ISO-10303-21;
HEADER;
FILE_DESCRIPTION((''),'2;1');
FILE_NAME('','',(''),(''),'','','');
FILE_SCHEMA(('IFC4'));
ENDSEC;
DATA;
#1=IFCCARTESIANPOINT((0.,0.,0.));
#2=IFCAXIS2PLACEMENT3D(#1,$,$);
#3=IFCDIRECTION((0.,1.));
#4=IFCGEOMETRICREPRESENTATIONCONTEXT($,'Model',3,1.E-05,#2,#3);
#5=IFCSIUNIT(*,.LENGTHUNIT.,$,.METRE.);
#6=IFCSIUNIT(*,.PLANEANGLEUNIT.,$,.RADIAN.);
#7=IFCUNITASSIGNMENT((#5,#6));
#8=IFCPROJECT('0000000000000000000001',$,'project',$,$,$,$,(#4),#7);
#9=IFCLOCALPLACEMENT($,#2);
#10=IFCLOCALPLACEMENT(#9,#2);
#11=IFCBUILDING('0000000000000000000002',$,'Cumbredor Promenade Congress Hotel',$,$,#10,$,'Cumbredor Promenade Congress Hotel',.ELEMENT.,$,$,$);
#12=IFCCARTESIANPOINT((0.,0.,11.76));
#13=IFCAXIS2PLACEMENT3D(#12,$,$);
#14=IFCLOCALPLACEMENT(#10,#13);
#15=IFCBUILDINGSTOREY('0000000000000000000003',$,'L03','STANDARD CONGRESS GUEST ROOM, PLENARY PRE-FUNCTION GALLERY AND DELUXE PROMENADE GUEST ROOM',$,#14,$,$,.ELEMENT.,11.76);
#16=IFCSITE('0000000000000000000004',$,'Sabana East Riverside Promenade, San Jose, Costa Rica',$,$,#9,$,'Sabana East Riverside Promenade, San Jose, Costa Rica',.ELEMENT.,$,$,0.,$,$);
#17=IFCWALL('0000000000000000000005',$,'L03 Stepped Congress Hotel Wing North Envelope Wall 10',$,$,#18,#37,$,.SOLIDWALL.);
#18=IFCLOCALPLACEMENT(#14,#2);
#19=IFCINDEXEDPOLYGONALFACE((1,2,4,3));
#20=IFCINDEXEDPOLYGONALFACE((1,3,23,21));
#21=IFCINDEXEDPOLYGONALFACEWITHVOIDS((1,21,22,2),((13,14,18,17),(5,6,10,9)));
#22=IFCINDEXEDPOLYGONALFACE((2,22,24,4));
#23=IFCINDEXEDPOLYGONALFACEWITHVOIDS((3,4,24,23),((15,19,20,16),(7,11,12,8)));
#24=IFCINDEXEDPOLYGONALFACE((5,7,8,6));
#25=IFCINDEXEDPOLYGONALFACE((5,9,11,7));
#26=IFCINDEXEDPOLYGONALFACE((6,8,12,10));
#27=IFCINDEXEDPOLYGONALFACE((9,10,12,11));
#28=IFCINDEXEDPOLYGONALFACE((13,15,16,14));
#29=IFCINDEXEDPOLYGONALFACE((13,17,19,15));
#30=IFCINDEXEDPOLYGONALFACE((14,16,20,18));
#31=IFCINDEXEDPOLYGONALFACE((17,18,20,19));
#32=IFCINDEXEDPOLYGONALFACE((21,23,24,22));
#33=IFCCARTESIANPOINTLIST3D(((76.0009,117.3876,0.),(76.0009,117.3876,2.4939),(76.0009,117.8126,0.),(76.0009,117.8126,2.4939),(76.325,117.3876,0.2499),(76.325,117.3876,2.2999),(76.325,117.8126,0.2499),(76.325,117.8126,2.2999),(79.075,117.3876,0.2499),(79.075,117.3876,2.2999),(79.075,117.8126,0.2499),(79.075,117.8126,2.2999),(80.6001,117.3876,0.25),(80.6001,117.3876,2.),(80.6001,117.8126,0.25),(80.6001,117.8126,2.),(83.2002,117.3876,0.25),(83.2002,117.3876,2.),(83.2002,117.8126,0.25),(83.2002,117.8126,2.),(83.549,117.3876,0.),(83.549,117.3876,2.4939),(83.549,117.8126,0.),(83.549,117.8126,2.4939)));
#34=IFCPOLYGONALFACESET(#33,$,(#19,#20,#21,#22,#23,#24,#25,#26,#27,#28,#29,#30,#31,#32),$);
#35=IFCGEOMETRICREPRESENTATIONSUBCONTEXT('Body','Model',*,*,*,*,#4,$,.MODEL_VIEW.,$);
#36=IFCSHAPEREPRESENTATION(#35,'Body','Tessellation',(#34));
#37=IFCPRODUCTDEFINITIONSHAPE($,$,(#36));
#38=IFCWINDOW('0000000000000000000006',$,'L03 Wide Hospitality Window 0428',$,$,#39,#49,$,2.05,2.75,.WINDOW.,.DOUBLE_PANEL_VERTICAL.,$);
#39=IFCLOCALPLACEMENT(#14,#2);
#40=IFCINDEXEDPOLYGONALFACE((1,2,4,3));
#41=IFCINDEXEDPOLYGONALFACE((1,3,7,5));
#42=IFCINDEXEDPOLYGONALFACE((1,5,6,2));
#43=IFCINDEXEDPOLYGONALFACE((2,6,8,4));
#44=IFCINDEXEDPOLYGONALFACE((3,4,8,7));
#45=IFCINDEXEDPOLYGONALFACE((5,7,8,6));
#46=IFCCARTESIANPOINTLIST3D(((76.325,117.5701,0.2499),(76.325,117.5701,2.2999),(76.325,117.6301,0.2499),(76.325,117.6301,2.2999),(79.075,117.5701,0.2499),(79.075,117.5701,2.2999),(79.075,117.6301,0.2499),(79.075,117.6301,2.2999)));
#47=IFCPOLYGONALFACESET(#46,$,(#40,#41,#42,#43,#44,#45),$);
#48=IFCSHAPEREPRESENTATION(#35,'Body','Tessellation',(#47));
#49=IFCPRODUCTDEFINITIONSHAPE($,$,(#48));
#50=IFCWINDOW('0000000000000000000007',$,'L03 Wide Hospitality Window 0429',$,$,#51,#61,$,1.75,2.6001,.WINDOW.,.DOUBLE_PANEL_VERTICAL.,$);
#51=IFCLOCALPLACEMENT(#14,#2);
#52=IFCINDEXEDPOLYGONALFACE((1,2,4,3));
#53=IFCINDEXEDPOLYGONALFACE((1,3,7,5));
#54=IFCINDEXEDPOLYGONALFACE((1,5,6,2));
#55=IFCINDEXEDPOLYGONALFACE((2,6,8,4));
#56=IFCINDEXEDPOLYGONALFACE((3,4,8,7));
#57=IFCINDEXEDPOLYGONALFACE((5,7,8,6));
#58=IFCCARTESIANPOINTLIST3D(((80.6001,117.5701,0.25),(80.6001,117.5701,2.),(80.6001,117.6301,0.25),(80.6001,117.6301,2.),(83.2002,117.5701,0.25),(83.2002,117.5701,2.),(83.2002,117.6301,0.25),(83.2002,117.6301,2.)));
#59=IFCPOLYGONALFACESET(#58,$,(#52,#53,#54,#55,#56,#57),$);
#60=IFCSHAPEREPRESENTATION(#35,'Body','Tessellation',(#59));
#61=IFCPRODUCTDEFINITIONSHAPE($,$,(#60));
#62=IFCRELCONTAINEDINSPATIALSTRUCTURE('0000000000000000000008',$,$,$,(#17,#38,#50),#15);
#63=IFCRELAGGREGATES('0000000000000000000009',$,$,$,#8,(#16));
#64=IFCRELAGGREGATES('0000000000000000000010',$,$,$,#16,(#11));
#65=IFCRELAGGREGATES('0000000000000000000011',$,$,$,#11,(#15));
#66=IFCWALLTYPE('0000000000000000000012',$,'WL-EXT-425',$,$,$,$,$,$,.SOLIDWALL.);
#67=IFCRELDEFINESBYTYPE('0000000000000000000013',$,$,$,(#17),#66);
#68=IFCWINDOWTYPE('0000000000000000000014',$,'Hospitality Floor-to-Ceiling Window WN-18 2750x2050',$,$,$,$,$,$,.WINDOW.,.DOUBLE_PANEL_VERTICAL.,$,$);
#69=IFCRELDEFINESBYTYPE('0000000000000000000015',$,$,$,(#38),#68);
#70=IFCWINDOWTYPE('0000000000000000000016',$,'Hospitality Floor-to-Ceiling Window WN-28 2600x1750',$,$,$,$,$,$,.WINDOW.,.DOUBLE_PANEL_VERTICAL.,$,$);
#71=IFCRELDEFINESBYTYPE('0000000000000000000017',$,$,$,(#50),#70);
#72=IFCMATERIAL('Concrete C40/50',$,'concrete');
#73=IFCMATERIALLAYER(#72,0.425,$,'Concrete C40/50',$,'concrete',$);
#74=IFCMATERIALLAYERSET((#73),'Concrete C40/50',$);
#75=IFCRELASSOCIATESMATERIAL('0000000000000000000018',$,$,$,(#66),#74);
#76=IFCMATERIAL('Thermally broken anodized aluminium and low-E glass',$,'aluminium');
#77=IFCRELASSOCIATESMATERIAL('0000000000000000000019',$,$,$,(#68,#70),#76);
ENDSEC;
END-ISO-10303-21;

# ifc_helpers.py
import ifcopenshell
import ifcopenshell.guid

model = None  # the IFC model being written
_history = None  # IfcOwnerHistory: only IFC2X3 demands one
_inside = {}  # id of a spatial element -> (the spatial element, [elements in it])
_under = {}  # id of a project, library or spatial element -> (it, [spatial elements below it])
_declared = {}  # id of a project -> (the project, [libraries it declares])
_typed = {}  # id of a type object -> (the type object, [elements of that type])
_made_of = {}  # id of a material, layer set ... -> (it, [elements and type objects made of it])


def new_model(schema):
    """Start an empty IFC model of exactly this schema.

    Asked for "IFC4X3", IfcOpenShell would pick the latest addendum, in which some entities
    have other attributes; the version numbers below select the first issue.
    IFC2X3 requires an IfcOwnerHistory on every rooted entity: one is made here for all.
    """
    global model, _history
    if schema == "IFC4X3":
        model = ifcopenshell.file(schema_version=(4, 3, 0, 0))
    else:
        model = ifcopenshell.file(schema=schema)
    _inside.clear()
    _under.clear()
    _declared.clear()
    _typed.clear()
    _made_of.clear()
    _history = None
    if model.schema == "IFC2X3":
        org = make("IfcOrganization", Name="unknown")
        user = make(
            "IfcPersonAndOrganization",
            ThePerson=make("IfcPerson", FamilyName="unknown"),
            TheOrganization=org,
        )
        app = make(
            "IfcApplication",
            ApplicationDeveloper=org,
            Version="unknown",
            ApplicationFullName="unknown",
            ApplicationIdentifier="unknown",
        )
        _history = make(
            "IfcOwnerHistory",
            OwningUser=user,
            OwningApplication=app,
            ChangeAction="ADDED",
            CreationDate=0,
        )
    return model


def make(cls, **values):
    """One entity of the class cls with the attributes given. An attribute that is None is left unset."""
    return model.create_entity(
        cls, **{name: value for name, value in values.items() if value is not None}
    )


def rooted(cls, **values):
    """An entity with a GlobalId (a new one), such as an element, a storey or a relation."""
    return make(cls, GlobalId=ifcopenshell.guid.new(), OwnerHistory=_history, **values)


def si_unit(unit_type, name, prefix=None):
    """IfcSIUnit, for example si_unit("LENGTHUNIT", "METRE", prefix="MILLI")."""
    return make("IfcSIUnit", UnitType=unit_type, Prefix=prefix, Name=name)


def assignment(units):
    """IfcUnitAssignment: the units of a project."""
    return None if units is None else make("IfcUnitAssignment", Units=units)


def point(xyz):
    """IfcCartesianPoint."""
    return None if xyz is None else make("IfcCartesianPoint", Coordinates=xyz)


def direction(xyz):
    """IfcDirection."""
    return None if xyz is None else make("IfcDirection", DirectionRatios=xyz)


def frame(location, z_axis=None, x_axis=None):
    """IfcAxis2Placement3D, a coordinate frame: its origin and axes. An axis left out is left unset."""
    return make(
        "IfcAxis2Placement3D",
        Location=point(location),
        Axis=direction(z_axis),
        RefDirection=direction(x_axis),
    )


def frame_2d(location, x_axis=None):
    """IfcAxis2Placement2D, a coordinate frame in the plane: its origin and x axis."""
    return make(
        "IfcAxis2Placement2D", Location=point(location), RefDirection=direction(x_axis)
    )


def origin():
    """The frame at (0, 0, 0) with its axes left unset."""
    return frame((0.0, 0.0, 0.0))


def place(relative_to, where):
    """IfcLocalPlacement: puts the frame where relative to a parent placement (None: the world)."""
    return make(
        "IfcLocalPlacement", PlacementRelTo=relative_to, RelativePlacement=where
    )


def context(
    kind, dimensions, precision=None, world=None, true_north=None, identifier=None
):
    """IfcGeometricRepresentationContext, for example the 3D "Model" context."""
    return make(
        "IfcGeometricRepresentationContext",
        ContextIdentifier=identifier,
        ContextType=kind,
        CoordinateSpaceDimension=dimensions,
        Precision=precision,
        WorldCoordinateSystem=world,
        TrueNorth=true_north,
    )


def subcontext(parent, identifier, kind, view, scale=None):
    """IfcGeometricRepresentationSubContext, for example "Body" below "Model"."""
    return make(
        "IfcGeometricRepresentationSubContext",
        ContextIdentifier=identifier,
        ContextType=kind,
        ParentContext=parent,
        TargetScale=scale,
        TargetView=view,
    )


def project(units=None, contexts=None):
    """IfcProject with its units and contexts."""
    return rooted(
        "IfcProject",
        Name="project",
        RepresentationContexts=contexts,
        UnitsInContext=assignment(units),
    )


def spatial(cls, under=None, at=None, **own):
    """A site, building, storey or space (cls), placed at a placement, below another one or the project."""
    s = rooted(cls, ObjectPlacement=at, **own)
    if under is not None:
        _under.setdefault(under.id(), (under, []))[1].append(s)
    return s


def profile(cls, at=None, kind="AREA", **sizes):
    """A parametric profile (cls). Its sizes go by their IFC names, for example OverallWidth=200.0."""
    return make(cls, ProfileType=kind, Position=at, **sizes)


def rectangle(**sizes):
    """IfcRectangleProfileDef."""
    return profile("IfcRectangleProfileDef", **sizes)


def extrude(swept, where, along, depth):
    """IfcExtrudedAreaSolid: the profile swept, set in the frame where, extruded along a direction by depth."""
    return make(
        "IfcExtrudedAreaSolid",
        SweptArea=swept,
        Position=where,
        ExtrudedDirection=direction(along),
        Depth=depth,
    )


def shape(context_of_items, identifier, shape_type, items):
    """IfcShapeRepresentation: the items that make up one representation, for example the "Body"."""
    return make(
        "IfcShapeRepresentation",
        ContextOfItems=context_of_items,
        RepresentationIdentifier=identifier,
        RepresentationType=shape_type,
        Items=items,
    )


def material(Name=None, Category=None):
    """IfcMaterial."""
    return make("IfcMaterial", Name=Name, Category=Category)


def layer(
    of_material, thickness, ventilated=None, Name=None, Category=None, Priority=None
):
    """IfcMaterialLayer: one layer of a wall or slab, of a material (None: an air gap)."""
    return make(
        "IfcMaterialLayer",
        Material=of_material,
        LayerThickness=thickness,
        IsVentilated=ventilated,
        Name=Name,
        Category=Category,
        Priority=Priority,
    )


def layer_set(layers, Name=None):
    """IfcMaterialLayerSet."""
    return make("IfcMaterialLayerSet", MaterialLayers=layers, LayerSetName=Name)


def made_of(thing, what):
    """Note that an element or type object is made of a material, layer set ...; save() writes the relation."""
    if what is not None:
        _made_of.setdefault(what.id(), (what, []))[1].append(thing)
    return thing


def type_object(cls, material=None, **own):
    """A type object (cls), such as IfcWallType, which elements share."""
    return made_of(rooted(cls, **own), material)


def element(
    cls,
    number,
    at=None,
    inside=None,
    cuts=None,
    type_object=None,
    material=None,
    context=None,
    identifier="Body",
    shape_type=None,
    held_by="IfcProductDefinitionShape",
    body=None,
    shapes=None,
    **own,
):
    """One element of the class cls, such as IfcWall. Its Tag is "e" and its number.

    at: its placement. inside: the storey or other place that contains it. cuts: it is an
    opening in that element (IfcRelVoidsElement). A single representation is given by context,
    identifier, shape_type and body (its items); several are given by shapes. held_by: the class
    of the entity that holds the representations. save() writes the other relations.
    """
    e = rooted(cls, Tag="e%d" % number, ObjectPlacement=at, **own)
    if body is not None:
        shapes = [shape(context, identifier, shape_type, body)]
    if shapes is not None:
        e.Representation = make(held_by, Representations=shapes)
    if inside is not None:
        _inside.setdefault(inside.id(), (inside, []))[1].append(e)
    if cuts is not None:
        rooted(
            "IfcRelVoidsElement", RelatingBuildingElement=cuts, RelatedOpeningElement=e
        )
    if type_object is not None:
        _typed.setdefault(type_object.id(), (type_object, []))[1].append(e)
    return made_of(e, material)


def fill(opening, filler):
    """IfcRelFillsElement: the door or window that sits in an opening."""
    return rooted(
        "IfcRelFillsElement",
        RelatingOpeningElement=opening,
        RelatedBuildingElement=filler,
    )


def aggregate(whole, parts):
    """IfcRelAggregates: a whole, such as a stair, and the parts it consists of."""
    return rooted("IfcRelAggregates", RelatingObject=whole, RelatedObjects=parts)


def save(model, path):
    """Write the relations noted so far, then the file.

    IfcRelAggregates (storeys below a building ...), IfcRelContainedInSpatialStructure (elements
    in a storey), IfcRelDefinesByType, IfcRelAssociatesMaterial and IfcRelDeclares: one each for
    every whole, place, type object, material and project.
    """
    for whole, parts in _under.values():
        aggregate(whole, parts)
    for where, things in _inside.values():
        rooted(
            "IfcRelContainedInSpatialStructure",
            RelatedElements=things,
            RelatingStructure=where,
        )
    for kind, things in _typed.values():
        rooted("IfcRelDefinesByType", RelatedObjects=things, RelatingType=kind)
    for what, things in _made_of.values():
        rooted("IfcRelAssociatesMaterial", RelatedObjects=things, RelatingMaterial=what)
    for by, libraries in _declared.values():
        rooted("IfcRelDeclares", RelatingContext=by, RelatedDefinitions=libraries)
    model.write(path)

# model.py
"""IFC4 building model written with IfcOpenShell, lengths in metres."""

from ifc_helpers import new_model, si_unit, direction, frame, frame_2d, origin, place, context, subcontext, project, spatial, rectangle, extrude, material, layer, layer_set, type_object, element, fill, save


model = new_model("IFC4")

# Units and contexts
model_context = context("Model", 3, precision=1e-05, world=origin(), true_north=direction((0.0, 1.0)))
body_context = subcontext(model_context, "Body", "Model", "MODEL_VIEW")
ifc_project = project(units=[si_unit("LENGTHUNIT", "METRE"), si_unit("PLANEANGLEUNIT", "RADIAN")], contexts=[model_context])

# Site, building, storey
site_placement = place(None, origin())
site = spatial("IfcSite", under=ifc_project, at=site_placement, Name="Sabana East Riverside Promenade, San Jose, Costa Rica", LongName="Sabana East Riverside Promenade, San Jose, Costa Rica", CompositionType="ELEMENT", RefElevation=0.0)
building_placement = place(site_placement, origin())
building = spatial("IfcBuilding", under=site, at=building_placement, Name="Cumbredor Promenade Congress Hotel", LongName="Cumbredor Promenade Congress Hotel", CompositionType="ELEMENT")
storey_placement = place(building_placement, frame((0.0, 0.0, 11.76)))
storey = spatial("IfcBuildingStorey", under=building, at=storey_placement, Name="L03", Description="STANDARD CONGRESS GUEST ROOM, PLENARY PRE-FUNCTION GALLERY AND DELUXE PROMENADE GUEST ROOM", CompositionType="ELEMENT", Elevation=11.76)

# Shared definitions
ifc_material_1 = material(Name="Concrete C40/50", Category="concrete")

# Shared definitions
ifc_material_2 = material(Name="Thermally broken anodized aluminium and low-E glass", Category="aluminium")

# Wall, openings, windows
ifc_layer_1 = layer(ifc_material_1, 0.425, Name="Concrete C40/50", Category="concrete")
ifc_layer_set_1 = layer_set([ifc_layer_1], Name="Concrete C40/50")
wall_type_1 = type_object("IfcWallType", Name="WL-EXT-425", PredefinedType="SOLIDWALL", material=ifc_layer_set_1)
wall_1_placement = place(storey_placement, frame((76.001, 117.6001, 0.0), z_axis=(0.0, 0.0, 1.0), x_axis=(1.0, 0.0, 0.0)))
wall_1 = element("IfcWall", 1, at=wall_1_placement, inside=storey, type_object=wall_type_1, Name="L03 Stepped Congress Hotel Wing North Envelope Wall 10", PredefinedType="SOLIDWALL", context=body_context, shape_type="SweptSolid", body=[
    extrude(rectangle(XDim=7.5481, YDim=0.425, at=frame_2d((3.7739, 0.0))), origin(), (0.0, 0.0, 1.0), 2.4939),
])
opening_1_placement = place(wall_1_placement, frame((0.324, 0.0, 0.25)))
opening_1 = element("IfcOpeningElement", 2, at=opening_1_placement, cuts=wall_1, PredefinedType="OPENING", context=body_context, shape_type="SweptSolid", body=[
    extrude(rectangle(XDim=2.75, YDim=2.05, at=frame_2d((1.375, 1.0249))), frame((0.0, 0.2227, 0.0), z_axis=(0.0, -1.0, 0.0), x_axis=(1.0, 0.0, 0.0)), (0.0, 0.0, 1.0), 0.4451),
])
opening_2_placement = place(wall_1_placement, frame((4.5991, 0.0, 0.25)))
opening_2 = element("IfcOpeningElement", 3, at=opening_2_placement, cuts=wall_1, PredefinedType="OPENING", context=body_context, shape_type="SweptSolid", body=[
    extrude(rectangle(XDim=2.6001, YDim=1.75, at=frame_2d((1.3, 0.875))), frame((0.0, 0.2227, 0.0), z_axis=(0.0, -1.0, 0.0), x_axis=(1.0, 0.0, 0.0)), (0.0, 0.0, 1.0), 0.4451),
])
window_type_1 = type_object("IfcWindowType", Name="Hospitality Floor-to-Ceiling Window WN-18 2750x2050", PartitioningType="DOUBLE_PANEL_VERTICAL", PredefinedType="WINDOW", material=ifc_material_2)
window_1_placement = place(opening_1_placement, origin())
window_1 = element("IfcWindow", 4, at=window_1_placement, inside=storey, type_object=window_type_1, Name="L03 Wide Hospitality Window 0428", OverallHeight=2.05, OverallWidth=2.75, PartitioningType="DOUBLE_PANEL_VERTICAL", PredefinedType="WINDOW", context=body_context, shape_type="SweptSolid", body=[
    extrude(rectangle(XDim=2.75, YDim=2.05, at=frame_2d((1.375, 1.0249))), frame((0.0, 0.03, 0.0), z_axis=(0.0, -1.0, 0.0), x_axis=(1.0, 0.0, 0.0)), (0.0, 0.0, 1.0), 0.0601),
])
fill(opening_1, window_1)
window_type_2 = type_object("IfcWindowType", Name="Hospitality Floor-to-Ceiling Window WN-28 2600x1750", PartitioningType="DOUBLE_PANEL_VERTICAL", PredefinedType="WINDOW", material=ifc_material_2)
window_2_placement = place(opening_2_placement, origin())
window_2 = element("IfcWindow", 5, at=window_2_placement, inside=storey, type_object=window_type_2, Name="L03 Wide Hospitality Window 0429", OverallHeight=1.75, OverallWidth=2.6001, PartitioningType="DOUBLE_PANEL_VERTICAL", PredefinedType="WINDOW", context=body_context, shape_type="SweptSolid", body=[
    extrude(rectangle(XDim=2.6001, YDim=1.75, at=frame_2d((1.3, 0.875))), frame((0.0, 0.03, 0.0), z_axis=(0.0, -1.0, 0.0), x_axis=(1.0, 0.0, 0.0)), (0.0, 0.0, 1.0), 0.0601),
])
fill(opening_2, window_2)

save(model, "model.ifc")
